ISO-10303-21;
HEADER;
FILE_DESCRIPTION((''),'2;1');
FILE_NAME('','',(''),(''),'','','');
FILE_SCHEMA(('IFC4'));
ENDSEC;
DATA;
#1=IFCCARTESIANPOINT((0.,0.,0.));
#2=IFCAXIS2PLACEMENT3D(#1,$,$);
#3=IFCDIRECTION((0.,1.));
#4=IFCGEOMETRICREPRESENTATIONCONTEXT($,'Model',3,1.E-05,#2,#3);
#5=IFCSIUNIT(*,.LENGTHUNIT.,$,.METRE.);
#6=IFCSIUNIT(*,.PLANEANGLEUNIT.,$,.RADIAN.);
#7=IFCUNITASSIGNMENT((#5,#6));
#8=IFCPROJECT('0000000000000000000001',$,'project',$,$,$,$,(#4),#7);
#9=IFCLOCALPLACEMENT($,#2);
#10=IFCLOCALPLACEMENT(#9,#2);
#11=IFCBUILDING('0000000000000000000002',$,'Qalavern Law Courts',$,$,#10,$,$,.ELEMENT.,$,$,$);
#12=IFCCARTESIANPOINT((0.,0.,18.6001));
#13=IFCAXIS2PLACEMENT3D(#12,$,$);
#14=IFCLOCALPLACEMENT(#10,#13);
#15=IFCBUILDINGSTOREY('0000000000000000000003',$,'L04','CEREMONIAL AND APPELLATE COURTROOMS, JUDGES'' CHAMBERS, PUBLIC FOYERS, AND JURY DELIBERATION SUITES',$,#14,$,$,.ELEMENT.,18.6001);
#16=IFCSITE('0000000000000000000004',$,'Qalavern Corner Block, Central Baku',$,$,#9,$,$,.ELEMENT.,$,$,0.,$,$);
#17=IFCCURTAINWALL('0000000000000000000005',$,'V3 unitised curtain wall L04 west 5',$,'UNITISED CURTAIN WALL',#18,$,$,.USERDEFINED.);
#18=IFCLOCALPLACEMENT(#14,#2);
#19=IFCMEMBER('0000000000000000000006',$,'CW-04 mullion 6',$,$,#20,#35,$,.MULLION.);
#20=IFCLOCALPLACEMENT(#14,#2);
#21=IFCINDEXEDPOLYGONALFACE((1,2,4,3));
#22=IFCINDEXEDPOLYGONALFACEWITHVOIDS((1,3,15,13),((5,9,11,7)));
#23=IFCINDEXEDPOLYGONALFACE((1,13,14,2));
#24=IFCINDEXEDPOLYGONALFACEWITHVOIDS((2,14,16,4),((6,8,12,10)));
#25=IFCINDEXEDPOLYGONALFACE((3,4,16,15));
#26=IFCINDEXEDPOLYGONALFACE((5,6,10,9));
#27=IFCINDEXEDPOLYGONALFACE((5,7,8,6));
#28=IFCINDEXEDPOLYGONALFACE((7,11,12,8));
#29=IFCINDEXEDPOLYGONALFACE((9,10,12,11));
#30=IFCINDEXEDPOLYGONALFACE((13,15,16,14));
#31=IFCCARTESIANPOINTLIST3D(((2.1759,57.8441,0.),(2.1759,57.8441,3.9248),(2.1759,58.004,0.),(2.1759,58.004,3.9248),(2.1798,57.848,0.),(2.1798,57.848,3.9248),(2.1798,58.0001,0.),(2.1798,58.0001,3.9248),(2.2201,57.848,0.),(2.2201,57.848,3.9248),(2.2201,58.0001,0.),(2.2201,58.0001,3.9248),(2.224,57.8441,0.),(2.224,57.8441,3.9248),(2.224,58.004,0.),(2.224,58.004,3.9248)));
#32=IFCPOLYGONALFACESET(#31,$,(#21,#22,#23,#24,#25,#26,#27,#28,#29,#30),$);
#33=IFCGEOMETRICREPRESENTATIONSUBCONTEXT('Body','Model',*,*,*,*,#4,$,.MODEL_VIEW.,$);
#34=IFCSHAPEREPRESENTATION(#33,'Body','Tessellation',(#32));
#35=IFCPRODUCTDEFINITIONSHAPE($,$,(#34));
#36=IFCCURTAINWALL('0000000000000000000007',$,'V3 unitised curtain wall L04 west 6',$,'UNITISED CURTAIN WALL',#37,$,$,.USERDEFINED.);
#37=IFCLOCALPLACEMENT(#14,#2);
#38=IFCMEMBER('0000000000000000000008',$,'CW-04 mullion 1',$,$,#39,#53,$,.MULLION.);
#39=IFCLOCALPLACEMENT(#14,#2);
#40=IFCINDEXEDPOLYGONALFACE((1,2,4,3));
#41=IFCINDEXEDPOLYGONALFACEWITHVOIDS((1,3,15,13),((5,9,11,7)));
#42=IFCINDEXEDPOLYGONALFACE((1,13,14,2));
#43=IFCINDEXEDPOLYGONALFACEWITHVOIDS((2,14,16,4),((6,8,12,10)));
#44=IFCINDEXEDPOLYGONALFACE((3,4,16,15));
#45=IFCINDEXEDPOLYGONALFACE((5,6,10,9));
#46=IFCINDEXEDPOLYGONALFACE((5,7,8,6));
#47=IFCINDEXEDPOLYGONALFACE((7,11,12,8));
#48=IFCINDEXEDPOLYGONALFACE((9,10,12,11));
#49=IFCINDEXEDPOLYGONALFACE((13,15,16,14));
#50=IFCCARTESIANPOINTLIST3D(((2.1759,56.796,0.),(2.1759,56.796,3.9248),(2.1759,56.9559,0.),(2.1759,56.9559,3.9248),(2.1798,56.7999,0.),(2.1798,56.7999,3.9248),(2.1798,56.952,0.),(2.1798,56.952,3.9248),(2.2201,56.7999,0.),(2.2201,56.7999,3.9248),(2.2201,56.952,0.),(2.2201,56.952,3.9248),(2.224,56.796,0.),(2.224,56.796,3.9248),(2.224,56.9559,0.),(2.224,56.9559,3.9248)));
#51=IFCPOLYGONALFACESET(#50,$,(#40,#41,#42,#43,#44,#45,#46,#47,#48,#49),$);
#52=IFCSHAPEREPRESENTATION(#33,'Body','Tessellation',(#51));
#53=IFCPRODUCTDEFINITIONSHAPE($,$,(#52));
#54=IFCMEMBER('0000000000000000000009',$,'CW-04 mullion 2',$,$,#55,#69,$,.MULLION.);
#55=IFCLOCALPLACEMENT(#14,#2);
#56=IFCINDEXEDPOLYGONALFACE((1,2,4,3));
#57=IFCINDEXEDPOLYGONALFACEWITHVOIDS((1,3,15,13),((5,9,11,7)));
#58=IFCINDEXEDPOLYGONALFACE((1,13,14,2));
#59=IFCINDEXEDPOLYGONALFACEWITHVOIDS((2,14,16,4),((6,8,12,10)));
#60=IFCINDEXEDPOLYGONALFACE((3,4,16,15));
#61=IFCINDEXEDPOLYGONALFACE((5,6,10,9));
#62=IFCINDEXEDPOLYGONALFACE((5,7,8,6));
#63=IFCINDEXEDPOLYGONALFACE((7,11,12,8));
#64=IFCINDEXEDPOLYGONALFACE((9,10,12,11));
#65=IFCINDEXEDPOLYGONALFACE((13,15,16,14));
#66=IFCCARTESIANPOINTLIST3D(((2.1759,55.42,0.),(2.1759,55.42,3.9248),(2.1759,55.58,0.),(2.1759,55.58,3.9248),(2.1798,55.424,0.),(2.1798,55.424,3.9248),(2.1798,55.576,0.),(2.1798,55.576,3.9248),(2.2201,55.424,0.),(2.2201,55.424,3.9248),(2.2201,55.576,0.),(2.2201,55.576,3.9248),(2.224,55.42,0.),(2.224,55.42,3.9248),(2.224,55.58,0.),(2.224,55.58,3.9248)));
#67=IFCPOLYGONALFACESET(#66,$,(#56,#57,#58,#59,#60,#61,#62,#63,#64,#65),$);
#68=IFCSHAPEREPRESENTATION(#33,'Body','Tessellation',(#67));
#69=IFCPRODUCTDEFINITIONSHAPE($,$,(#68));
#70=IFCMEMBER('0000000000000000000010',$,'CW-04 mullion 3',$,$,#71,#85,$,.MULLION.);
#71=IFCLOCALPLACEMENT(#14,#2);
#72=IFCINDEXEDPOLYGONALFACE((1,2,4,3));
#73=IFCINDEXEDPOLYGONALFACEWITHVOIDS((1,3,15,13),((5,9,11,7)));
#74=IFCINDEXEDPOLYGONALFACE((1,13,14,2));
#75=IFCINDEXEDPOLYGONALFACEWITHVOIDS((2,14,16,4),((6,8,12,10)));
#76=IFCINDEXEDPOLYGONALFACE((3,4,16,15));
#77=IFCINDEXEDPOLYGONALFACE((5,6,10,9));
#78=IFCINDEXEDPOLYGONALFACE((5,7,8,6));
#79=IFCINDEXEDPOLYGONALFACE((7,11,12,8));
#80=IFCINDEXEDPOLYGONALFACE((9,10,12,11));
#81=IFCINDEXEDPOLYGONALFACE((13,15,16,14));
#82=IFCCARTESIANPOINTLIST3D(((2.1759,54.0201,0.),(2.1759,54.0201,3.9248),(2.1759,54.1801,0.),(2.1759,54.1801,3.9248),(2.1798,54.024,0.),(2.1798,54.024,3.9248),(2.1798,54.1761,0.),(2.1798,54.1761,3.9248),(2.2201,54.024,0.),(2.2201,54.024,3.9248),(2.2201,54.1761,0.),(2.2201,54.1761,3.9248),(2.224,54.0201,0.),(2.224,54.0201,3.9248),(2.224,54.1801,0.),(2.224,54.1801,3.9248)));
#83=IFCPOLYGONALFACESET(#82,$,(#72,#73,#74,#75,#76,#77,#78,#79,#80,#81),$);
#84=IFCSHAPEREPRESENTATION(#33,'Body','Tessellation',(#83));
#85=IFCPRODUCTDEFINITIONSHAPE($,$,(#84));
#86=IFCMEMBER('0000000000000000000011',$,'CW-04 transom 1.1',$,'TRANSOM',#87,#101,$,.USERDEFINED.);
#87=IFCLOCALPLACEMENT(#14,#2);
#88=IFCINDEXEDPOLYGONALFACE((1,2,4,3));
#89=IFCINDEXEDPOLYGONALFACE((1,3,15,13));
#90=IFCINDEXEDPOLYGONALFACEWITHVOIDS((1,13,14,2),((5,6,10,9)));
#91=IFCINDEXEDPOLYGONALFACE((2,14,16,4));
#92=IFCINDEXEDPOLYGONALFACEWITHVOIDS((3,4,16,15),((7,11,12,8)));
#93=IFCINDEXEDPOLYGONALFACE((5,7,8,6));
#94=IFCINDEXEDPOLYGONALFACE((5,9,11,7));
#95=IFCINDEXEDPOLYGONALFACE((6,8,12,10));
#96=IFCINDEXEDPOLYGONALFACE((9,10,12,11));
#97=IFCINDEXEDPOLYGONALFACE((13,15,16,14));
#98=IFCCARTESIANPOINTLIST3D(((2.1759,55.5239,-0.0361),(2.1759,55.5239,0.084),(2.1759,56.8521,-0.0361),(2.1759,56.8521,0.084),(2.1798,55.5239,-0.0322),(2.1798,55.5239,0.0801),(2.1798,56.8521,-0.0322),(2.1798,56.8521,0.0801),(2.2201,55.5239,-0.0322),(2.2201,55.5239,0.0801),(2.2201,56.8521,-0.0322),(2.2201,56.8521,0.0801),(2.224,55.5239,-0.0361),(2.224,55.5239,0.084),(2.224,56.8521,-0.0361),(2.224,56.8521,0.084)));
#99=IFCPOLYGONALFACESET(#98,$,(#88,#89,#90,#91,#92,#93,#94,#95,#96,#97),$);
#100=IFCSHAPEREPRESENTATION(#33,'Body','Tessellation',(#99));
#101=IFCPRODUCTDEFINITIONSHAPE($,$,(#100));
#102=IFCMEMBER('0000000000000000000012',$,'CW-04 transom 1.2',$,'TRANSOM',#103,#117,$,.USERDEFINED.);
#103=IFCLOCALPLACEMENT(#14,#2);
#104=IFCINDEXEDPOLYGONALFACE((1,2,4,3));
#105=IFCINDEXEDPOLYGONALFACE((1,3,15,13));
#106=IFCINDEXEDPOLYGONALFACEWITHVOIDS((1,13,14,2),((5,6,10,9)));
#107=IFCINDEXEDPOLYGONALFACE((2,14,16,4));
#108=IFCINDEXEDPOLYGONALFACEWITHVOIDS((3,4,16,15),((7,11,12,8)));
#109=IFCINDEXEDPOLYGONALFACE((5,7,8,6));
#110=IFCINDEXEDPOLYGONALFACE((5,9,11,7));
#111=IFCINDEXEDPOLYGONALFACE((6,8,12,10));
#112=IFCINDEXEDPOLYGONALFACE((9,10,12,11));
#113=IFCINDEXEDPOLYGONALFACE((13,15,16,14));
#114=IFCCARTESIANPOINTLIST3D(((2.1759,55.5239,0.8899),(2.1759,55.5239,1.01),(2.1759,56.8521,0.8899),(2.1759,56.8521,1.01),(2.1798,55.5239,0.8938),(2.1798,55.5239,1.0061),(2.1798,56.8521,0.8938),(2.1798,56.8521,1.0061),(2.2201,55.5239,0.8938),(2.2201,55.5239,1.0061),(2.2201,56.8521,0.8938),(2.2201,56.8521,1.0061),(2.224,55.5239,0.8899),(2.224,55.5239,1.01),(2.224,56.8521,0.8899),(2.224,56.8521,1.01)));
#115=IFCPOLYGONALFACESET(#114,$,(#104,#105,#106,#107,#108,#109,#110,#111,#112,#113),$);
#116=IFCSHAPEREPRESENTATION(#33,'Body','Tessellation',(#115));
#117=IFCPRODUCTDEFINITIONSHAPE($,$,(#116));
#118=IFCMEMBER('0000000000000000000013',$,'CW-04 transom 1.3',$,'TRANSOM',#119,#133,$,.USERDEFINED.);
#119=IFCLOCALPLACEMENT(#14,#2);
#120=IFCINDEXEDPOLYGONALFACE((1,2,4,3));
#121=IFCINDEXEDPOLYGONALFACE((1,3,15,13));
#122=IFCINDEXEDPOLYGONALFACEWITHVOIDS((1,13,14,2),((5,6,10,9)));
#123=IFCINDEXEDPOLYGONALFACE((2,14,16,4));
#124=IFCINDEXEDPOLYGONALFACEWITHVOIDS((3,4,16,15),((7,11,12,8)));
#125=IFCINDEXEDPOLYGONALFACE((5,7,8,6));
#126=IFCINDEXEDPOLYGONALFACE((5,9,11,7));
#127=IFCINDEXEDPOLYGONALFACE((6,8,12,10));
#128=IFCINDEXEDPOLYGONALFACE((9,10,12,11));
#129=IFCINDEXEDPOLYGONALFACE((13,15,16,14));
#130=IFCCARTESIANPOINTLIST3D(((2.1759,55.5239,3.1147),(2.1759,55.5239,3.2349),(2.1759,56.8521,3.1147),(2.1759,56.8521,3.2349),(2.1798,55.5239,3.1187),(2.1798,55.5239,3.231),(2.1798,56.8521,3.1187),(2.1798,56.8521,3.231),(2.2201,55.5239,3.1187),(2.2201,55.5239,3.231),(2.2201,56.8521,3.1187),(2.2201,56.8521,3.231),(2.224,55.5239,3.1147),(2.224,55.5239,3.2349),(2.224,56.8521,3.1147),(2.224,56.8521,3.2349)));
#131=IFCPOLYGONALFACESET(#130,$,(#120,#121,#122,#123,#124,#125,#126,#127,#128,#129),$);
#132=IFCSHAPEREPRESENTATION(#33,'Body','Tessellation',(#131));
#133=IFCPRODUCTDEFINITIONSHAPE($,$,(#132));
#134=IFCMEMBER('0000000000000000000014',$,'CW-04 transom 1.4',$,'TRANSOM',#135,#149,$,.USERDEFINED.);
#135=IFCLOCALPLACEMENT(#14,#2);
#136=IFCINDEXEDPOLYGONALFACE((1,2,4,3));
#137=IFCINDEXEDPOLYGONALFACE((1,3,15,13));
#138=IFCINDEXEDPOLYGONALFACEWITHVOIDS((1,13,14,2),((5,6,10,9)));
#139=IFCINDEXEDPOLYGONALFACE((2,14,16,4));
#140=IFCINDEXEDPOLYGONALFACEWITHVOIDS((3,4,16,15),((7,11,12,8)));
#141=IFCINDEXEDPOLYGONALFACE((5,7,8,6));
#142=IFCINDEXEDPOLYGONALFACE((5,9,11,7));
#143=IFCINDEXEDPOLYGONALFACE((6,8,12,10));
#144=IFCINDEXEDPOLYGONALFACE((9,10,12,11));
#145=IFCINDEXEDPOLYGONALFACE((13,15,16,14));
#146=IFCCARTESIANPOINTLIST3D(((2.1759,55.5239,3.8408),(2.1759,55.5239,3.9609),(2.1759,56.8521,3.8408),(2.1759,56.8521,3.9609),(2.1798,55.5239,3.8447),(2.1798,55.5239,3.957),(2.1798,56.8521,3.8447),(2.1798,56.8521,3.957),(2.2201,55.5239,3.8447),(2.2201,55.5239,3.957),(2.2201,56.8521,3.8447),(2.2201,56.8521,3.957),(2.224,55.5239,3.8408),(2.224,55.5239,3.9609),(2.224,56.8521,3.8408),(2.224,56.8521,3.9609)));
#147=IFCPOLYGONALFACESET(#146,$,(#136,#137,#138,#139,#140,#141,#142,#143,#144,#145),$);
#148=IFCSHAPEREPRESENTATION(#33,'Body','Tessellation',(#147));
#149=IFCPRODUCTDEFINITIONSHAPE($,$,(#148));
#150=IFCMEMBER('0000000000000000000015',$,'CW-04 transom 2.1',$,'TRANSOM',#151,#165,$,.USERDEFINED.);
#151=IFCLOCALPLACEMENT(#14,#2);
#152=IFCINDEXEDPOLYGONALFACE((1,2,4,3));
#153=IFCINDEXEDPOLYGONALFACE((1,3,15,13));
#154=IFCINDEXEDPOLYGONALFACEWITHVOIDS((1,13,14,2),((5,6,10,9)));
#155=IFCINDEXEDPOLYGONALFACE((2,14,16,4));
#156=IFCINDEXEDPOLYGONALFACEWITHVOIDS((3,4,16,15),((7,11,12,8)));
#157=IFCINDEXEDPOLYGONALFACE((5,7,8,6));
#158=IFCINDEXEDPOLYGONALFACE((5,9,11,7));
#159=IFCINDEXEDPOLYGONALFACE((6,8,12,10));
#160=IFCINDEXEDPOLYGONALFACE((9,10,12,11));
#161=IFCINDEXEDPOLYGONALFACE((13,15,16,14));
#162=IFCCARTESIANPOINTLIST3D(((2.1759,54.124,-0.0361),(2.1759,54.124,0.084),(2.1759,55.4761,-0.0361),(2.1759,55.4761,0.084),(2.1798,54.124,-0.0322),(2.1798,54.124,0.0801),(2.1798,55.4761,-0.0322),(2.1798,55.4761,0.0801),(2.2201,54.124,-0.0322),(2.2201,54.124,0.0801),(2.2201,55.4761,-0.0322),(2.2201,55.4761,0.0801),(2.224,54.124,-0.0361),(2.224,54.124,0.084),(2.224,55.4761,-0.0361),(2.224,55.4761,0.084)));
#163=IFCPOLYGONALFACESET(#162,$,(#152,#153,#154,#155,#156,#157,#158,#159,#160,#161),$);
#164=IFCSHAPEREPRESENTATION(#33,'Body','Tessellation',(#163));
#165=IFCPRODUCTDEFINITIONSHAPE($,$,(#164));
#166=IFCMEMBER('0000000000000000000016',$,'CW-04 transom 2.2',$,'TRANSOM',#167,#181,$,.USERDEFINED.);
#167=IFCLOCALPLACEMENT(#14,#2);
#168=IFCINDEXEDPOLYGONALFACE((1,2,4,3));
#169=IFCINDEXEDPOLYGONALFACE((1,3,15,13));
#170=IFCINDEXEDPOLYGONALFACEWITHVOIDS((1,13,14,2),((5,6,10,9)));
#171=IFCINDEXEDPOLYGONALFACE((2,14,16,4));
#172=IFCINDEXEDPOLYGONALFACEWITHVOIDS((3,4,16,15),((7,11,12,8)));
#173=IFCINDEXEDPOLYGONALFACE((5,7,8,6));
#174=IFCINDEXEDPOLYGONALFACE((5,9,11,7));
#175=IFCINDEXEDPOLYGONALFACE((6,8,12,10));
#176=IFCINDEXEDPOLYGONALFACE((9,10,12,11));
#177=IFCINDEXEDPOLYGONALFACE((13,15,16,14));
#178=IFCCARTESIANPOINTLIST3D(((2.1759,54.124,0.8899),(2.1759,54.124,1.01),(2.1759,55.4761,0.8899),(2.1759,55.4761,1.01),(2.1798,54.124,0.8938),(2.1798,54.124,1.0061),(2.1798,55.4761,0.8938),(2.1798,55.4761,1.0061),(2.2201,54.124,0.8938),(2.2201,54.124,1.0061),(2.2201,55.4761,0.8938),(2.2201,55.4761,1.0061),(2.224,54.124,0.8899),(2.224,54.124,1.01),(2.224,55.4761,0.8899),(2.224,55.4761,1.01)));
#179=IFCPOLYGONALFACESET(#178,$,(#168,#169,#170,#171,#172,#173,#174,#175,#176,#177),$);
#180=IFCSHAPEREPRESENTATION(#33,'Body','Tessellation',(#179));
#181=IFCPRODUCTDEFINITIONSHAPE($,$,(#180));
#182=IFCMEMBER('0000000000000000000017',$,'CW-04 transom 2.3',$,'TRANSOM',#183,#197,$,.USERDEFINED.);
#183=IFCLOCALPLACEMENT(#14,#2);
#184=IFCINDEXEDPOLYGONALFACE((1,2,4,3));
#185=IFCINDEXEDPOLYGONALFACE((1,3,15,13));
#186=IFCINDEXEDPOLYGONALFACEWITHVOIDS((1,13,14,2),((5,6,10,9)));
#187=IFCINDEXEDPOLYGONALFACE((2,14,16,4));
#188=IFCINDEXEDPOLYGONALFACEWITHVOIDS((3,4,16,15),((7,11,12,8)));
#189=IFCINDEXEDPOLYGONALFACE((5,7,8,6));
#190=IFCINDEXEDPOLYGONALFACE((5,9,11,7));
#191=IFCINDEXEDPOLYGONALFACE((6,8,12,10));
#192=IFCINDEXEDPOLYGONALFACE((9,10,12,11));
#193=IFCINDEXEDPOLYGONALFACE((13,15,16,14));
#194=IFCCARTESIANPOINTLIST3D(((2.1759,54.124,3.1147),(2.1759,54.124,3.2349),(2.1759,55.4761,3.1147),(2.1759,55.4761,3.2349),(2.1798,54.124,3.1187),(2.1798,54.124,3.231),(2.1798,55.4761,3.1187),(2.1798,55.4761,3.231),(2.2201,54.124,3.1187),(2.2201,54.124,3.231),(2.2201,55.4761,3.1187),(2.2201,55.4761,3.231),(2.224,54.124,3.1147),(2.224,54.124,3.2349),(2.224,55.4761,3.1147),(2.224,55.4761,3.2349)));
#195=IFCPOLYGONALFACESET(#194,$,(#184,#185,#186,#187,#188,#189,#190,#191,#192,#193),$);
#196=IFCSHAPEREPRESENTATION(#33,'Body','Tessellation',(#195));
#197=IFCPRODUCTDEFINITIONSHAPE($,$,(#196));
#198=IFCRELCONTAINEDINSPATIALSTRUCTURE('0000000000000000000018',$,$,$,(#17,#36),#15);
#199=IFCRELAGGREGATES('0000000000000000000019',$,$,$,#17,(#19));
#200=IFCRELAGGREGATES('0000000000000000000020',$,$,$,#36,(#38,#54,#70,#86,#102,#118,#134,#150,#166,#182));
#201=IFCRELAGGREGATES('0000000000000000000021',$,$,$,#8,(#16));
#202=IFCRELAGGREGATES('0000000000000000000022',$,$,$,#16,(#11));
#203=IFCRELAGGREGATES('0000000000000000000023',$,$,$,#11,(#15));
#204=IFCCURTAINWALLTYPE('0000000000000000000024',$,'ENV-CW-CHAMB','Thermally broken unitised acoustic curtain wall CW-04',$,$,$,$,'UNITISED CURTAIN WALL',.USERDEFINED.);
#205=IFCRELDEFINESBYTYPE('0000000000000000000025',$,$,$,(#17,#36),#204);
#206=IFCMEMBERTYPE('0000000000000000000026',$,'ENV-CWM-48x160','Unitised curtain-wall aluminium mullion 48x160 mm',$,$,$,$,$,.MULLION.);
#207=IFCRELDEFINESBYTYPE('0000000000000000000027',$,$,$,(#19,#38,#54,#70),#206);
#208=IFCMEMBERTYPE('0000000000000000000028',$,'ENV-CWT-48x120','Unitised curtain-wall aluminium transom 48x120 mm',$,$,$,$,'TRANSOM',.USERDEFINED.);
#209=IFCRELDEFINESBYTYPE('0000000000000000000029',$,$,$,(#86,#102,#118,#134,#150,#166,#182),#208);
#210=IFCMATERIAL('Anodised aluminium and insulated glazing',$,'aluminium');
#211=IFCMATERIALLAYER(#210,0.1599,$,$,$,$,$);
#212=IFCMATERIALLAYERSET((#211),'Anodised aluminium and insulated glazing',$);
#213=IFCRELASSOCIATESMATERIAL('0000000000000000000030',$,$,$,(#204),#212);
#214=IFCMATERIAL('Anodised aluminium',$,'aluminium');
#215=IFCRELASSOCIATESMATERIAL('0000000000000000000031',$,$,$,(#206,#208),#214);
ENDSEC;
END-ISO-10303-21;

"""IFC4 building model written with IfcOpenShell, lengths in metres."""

from ifc_helpers import new_model, si_unit, direction, frame, origin, origin_2d, place, context, subcontext, project, spatial, hollow_rectangle, extrude, material, layer, layer_set, material_profile, profile_set, type_object, element, aggregate, save


model = new_model("IFC4")

# Units and contexts
model_context = context("Model", 3, precision=1e-05, world=origin(), true_north=direction((0.0, 1.0)))
body_context = subcontext(model_context, "Body", "Model", "MODEL_VIEW")
ifc_project = project(units=[si_unit("LENGTHUNIT", "METRE"), si_unit("PLANEANGLEUNIT", "RADIAN")], contexts=[model_context])

# Site, building, storey
site_placement = place(None, origin())
site = spatial("IfcSite", under=ifc_project, at=site_placement, Name="Qalavern Corner Block, Central Baku", CompositionType="ELEMENT", RefElevation=0.0)
building_placement = place(site_placement, origin())
building = spatial("IfcBuilding", under=site, at=building_placement, Name="Qalavern Law Courts", CompositionType="ELEMENT")
storey_placement = place(building_placement, frame((0.0, 0.0, 18.6001)))
storey = spatial("IfcBuildingStorey", under=building, at=storey_placement, Name="L04", Description="CEREMONIAL AND APPELLATE COURTROOMS, JUDGES' CHAMBERS, PUBLIC FOYERS, AND JURY DELIBERATION SUITES", CompositionType="ELEMENT", Elevation=18.6001)

# Curtain wall, member
ifc_material_1 = material(Name="Anodised aluminium and insulated glazing", Category="aluminium")
ifc_layer_1 = layer(ifc_material_1, 0.1599)
ifc_layer_set_1 = layer_set([ifc_layer_1], Name="Anodised aluminium and insulated glazing")
curtain_wall_type = type_object("IfcCurtainWallType", Name="ENV-CW-CHAMB", Description="Thermally broken unitised acoustic curtain wall CW-04", ElementType="UNITISED CURTAIN WALL", PredefinedType="USERDEFINED", material=ifc_layer_set_1)
curtain_wall_1_placement = place(storey_placement, origin())
curtain_wall_1 = element("IfcCurtainWall", 1, at=curtain_wall_1_placement, inside=storey, type_object=curtain_wall_type, Name="V3 unitised curtain wall L04 west 5", ObjectType="UNITISED CURTAIN WALL", PredefinedType="USERDEFINED")
ifc_material_2 = material(Name="Anodised aluminium", Category="aluminium")
ifc_material_profile_1 = material_profile(ifc_material_2, hollow_rectangle(XDim=0.0481, YDim=0.1599, WallThickness=0.0039, at=origin_2d()), Name="ALU MULLION 48x160")
ifc_profile_set_1 = profile_set([ifc_material_profile_1], Name="Anodised aluminium")
member_type_1 = type_object("IfcMemberType", Name="ENV-CWM-48x160", Description="Unitised curtain-wall aluminium mullion 48x160 mm", PredefinedType="MULLION", material=ifc_profile_set_1)
member_1_placement = place(storey_placement, frame((2.2, 57.9241, 0.0), z_axis=(0.0, 0.0, 1.0), x_axis=(1.0, 0.0, 0.0)))
member_1 = element("IfcMember", 2, at=member_1_placement, type_object=member_type_1, Name="CW-04 mullion 6", PredefinedType="MULLION", context=body_context, shape_type="SweptSolid", body=[
    extrude(hollow_rectangle(XDim=0.0481, YDim=0.1599, WallThickness=0.0039, at=origin_2d()), origin(), (0.0, 0.0, 1.0), 3.9248),
])

# Curtain wall, members
curtain_wall_2_placement = place(storey_placement, origin())
curtain_wall_2 = element("IfcCurtainWall", 3, at=curtain_wall_2_placement, inside=storey, type_object=curtain_wall_type, Name="V3 unitised curtain wall L04 west 6", ObjectType="UNITISED CURTAIN WALL", PredefinedType="USERDEFINED")
member_2_placement = place(storey_placement, frame((2.2, 56.876, 0.0), z_axis=(0.0, 0.0, 1.0), x_axis=(1.0, 0.0, 0.0)))
member_2 = element("IfcMember", 4, at=member_2_placement, type_object=member_type_1, Name="CW-04 mullion 1", PredefinedType="MULLION", context=body_context, shape_type="SweptSolid", body=[
    extrude(hollow_rectangle(XDim=0.0481, YDim=0.1599, WallThickness=0.0039, at=origin_2d()), origin(), (0.0, 0.0, 1.0), 3.9248),
])
member_3_placement = place(storey_placement, frame((2.2, 55.5, 0.0), z_axis=(0.0, 0.0, 1.0), x_axis=(1.0, 0.0, 0.0)))
member_3 = element("IfcMember", 5, at=member_3_placement, type_object=member_type_1, Name="CW-04 mullion 2", PredefinedType="MULLION", context=body_context, shape_type="SweptSolid", body=[
    extrude(hollow_rectangle(XDim=0.0481, YDim=0.1599, WallThickness=0.0039, at=origin_2d()), origin(), (0.0, 0.0, 1.0), 3.9248),
])
member_4_placement = place(storey_placement, frame((2.2, 54.1001, 0.0), z_axis=(0.0, 0.0, 1.0), x_axis=(1.0, 0.0, 0.0)))
member_4 = element("IfcMember", 6, at=member_4_placement, type_object=member_type_1, Name="CW-04 mullion 3", PredefinedType="MULLION", context=body_context, shape_type="SweptSolid", body=[
    extrude(hollow_rectangle(XDim=0.0481, YDim=0.1599, WallThickness=0.0039, at=origin_2d()), origin(), (0.0, 0.0, 1.0), 3.9248),
])
ifc_material_profile_2 = material_profile(ifc_material_2, hollow_rectangle(XDim=0.0481, YDim=0.1201, WallThickness=0.0039, at=origin_2d()), Name="ALU TRANSOM 48x120")
ifc_profile_set_2 = profile_set([ifc_material_profile_2], Name="Anodised aluminium")
member_type_2 = type_object("IfcMemberType", Name="ENV-CWT-48x120", Description="Unitised curtain-wall aluminium transom 48x120 mm", ElementType="TRANSOM", PredefinedType="USERDEFINED", material=ifc_profile_set_2)
member_5_placement = place(storey_placement, frame((2.2, 56.8521, 0.0239), z_axis=(0.0, -1.0, 0.0), x_axis=(1.0, 0.0, 0.0)))
member_5 = element("IfcMember", 7, at=member_5_placement, type_object=member_type_2, Name="CW-04 transom 1.1", ObjectType="TRANSOM", PredefinedType="USERDEFINED", context=body_context, shape_type="SweptSolid", body=[
    extrude(hollow_rectangle(XDim=0.0481, YDim=0.1201, WallThickness=0.0039, at=origin_2d()), origin(), (0.0, 0.0, 1.0), 1.3281),
])
member_6_placement = place(storey_placement, frame((2.2, 56.8521, 0.95), z_axis=(0.0, -1.0, 0.0), x_axis=(1.0, 0.0, 0.0)))
member_6 = element("IfcMember", 8, at=member_6_placement, type_object=member_type_2, Name="CW-04 transom 1.2", ObjectType="TRANSOM", PredefinedType="USERDEFINED", context=body_context, shape_type="SweptSolid", body=[
    extrude(hollow_rectangle(XDim=0.0481, YDim=0.1201, WallThickness=0.0039, at=origin_2d()), origin(), (0.0, 0.0, 1.0), 1.3281),
])
member_7_placement = place(storey_placement, frame((2.2, 56.8521, 3.1748), z_axis=(0.0, -1.0, 0.0), x_axis=(1.0, 0.0, 0.0)))
member_7 = element("IfcMember", 9, at=member_7_placement, type_object=member_type_2, Name="CW-04 transom 1.3", ObjectType="TRANSOM", PredefinedType="USERDEFINED", context=body_context, shape_type="SweptSolid", body=[
    extrude(hollow_rectangle(XDim=0.0481, YDim=0.1201, WallThickness=0.0039, at=origin_2d()), origin(), (0.0, 0.0, 1.0), 1.3281),
])
member_8_placement = place(storey_placement, frame((2.2, 56.8521, 3.9009), z_axis=(0.0, -1.0, 0.0), x_axis=(1.0, 0.0, 0.0)))
member_8 = element("IfcMember", 10, at=member_8_placement, type_object=member_type_2, Name="CW-04 transom 1.4", ObjectType="TRANSOM", PredefinedType="USERDEFINED", context=body_context, shape_type="SweptSolid", body=[
    extrude(hollow_rectangle(XDim=0.0481, YDim=0.1201, WallThickness=0.0039, at=origin_2d()), origin(), (0.0, 0.0, 1.0), 1.3281),
])
member_9_placement = place(storey_placement, frame((2.2, 55.4761, 0.0239), z_axis=(0.0, -1.0, 0.0), x_axis=(1.0, 0.0, 0.0)))
member_9 = element("IfcMember", 11, at=member_9_placement, type_object=member_type_2, Name="CW-04 transom 2.1", ObjectType="TRANSOM", PredefinedType="USERDEFINED", context=body_context, shape_type="SweptSolid", body=[
    extrude(hollow_rectangle(XDim=0.0481, YDim=0.1201, WallThickness=0.0039, at=origin_2d()), origin(), (0.0, 0.0, 1.0), 1.3521),
])
member_10_placement = place(storey_placement, frame((2.2, 55.4761, 0.95), z_axis=(0.0, -1.0, 0.0), x_axis=(1.0, 0.0, 0.0)))
member_10 = element("IfcMember", 12, at=member_10_placement, type_object=member_type_2, Name="CW-04 transom 2.2", ObjectType="TRANSOM", PredefinedType="USERDEFINED", context=body_context, shape_type="SweptSolid", body=[
    extrude(hollow_rectangle(XDim=0.0481, YDim=0.1201, WallThickness=0.0039, at=origin_2d()), origin(), (0.0, 0.0, 1.0), 1.3521),
])
member_11_placement = place(storey_placement, frame((2.2, 55.4761, 3.1748), z_axis=(0.0, -1.0, 0.0), x_axis=(1.0, 0.0, 0.0)))
member_11 = element("IfcMember", 13, at=member_11_placement, type_object=member_type_2, Name="CW-04 transom 2.3", ObjectType="TRANSOM", PredefinedType="USERDEFINED", context=body_context, shape_type="SweptSolid", body=[
    extrude(hollow_rectangle(XDim=0.0481, YDim=0.1201, WallThickness=0.0039, at=origin_2d()), origin(), (0.0, 0.0, 1.0), 1.3521),
])

aggregate(curtain_wall_1, [member_1])
aggregate(curtain_wall_2, [member_2, member_3, member_4, member_5, member_6, member_7, member_8, member_9, member_10, member_11])

save(model, "model.ifc")
